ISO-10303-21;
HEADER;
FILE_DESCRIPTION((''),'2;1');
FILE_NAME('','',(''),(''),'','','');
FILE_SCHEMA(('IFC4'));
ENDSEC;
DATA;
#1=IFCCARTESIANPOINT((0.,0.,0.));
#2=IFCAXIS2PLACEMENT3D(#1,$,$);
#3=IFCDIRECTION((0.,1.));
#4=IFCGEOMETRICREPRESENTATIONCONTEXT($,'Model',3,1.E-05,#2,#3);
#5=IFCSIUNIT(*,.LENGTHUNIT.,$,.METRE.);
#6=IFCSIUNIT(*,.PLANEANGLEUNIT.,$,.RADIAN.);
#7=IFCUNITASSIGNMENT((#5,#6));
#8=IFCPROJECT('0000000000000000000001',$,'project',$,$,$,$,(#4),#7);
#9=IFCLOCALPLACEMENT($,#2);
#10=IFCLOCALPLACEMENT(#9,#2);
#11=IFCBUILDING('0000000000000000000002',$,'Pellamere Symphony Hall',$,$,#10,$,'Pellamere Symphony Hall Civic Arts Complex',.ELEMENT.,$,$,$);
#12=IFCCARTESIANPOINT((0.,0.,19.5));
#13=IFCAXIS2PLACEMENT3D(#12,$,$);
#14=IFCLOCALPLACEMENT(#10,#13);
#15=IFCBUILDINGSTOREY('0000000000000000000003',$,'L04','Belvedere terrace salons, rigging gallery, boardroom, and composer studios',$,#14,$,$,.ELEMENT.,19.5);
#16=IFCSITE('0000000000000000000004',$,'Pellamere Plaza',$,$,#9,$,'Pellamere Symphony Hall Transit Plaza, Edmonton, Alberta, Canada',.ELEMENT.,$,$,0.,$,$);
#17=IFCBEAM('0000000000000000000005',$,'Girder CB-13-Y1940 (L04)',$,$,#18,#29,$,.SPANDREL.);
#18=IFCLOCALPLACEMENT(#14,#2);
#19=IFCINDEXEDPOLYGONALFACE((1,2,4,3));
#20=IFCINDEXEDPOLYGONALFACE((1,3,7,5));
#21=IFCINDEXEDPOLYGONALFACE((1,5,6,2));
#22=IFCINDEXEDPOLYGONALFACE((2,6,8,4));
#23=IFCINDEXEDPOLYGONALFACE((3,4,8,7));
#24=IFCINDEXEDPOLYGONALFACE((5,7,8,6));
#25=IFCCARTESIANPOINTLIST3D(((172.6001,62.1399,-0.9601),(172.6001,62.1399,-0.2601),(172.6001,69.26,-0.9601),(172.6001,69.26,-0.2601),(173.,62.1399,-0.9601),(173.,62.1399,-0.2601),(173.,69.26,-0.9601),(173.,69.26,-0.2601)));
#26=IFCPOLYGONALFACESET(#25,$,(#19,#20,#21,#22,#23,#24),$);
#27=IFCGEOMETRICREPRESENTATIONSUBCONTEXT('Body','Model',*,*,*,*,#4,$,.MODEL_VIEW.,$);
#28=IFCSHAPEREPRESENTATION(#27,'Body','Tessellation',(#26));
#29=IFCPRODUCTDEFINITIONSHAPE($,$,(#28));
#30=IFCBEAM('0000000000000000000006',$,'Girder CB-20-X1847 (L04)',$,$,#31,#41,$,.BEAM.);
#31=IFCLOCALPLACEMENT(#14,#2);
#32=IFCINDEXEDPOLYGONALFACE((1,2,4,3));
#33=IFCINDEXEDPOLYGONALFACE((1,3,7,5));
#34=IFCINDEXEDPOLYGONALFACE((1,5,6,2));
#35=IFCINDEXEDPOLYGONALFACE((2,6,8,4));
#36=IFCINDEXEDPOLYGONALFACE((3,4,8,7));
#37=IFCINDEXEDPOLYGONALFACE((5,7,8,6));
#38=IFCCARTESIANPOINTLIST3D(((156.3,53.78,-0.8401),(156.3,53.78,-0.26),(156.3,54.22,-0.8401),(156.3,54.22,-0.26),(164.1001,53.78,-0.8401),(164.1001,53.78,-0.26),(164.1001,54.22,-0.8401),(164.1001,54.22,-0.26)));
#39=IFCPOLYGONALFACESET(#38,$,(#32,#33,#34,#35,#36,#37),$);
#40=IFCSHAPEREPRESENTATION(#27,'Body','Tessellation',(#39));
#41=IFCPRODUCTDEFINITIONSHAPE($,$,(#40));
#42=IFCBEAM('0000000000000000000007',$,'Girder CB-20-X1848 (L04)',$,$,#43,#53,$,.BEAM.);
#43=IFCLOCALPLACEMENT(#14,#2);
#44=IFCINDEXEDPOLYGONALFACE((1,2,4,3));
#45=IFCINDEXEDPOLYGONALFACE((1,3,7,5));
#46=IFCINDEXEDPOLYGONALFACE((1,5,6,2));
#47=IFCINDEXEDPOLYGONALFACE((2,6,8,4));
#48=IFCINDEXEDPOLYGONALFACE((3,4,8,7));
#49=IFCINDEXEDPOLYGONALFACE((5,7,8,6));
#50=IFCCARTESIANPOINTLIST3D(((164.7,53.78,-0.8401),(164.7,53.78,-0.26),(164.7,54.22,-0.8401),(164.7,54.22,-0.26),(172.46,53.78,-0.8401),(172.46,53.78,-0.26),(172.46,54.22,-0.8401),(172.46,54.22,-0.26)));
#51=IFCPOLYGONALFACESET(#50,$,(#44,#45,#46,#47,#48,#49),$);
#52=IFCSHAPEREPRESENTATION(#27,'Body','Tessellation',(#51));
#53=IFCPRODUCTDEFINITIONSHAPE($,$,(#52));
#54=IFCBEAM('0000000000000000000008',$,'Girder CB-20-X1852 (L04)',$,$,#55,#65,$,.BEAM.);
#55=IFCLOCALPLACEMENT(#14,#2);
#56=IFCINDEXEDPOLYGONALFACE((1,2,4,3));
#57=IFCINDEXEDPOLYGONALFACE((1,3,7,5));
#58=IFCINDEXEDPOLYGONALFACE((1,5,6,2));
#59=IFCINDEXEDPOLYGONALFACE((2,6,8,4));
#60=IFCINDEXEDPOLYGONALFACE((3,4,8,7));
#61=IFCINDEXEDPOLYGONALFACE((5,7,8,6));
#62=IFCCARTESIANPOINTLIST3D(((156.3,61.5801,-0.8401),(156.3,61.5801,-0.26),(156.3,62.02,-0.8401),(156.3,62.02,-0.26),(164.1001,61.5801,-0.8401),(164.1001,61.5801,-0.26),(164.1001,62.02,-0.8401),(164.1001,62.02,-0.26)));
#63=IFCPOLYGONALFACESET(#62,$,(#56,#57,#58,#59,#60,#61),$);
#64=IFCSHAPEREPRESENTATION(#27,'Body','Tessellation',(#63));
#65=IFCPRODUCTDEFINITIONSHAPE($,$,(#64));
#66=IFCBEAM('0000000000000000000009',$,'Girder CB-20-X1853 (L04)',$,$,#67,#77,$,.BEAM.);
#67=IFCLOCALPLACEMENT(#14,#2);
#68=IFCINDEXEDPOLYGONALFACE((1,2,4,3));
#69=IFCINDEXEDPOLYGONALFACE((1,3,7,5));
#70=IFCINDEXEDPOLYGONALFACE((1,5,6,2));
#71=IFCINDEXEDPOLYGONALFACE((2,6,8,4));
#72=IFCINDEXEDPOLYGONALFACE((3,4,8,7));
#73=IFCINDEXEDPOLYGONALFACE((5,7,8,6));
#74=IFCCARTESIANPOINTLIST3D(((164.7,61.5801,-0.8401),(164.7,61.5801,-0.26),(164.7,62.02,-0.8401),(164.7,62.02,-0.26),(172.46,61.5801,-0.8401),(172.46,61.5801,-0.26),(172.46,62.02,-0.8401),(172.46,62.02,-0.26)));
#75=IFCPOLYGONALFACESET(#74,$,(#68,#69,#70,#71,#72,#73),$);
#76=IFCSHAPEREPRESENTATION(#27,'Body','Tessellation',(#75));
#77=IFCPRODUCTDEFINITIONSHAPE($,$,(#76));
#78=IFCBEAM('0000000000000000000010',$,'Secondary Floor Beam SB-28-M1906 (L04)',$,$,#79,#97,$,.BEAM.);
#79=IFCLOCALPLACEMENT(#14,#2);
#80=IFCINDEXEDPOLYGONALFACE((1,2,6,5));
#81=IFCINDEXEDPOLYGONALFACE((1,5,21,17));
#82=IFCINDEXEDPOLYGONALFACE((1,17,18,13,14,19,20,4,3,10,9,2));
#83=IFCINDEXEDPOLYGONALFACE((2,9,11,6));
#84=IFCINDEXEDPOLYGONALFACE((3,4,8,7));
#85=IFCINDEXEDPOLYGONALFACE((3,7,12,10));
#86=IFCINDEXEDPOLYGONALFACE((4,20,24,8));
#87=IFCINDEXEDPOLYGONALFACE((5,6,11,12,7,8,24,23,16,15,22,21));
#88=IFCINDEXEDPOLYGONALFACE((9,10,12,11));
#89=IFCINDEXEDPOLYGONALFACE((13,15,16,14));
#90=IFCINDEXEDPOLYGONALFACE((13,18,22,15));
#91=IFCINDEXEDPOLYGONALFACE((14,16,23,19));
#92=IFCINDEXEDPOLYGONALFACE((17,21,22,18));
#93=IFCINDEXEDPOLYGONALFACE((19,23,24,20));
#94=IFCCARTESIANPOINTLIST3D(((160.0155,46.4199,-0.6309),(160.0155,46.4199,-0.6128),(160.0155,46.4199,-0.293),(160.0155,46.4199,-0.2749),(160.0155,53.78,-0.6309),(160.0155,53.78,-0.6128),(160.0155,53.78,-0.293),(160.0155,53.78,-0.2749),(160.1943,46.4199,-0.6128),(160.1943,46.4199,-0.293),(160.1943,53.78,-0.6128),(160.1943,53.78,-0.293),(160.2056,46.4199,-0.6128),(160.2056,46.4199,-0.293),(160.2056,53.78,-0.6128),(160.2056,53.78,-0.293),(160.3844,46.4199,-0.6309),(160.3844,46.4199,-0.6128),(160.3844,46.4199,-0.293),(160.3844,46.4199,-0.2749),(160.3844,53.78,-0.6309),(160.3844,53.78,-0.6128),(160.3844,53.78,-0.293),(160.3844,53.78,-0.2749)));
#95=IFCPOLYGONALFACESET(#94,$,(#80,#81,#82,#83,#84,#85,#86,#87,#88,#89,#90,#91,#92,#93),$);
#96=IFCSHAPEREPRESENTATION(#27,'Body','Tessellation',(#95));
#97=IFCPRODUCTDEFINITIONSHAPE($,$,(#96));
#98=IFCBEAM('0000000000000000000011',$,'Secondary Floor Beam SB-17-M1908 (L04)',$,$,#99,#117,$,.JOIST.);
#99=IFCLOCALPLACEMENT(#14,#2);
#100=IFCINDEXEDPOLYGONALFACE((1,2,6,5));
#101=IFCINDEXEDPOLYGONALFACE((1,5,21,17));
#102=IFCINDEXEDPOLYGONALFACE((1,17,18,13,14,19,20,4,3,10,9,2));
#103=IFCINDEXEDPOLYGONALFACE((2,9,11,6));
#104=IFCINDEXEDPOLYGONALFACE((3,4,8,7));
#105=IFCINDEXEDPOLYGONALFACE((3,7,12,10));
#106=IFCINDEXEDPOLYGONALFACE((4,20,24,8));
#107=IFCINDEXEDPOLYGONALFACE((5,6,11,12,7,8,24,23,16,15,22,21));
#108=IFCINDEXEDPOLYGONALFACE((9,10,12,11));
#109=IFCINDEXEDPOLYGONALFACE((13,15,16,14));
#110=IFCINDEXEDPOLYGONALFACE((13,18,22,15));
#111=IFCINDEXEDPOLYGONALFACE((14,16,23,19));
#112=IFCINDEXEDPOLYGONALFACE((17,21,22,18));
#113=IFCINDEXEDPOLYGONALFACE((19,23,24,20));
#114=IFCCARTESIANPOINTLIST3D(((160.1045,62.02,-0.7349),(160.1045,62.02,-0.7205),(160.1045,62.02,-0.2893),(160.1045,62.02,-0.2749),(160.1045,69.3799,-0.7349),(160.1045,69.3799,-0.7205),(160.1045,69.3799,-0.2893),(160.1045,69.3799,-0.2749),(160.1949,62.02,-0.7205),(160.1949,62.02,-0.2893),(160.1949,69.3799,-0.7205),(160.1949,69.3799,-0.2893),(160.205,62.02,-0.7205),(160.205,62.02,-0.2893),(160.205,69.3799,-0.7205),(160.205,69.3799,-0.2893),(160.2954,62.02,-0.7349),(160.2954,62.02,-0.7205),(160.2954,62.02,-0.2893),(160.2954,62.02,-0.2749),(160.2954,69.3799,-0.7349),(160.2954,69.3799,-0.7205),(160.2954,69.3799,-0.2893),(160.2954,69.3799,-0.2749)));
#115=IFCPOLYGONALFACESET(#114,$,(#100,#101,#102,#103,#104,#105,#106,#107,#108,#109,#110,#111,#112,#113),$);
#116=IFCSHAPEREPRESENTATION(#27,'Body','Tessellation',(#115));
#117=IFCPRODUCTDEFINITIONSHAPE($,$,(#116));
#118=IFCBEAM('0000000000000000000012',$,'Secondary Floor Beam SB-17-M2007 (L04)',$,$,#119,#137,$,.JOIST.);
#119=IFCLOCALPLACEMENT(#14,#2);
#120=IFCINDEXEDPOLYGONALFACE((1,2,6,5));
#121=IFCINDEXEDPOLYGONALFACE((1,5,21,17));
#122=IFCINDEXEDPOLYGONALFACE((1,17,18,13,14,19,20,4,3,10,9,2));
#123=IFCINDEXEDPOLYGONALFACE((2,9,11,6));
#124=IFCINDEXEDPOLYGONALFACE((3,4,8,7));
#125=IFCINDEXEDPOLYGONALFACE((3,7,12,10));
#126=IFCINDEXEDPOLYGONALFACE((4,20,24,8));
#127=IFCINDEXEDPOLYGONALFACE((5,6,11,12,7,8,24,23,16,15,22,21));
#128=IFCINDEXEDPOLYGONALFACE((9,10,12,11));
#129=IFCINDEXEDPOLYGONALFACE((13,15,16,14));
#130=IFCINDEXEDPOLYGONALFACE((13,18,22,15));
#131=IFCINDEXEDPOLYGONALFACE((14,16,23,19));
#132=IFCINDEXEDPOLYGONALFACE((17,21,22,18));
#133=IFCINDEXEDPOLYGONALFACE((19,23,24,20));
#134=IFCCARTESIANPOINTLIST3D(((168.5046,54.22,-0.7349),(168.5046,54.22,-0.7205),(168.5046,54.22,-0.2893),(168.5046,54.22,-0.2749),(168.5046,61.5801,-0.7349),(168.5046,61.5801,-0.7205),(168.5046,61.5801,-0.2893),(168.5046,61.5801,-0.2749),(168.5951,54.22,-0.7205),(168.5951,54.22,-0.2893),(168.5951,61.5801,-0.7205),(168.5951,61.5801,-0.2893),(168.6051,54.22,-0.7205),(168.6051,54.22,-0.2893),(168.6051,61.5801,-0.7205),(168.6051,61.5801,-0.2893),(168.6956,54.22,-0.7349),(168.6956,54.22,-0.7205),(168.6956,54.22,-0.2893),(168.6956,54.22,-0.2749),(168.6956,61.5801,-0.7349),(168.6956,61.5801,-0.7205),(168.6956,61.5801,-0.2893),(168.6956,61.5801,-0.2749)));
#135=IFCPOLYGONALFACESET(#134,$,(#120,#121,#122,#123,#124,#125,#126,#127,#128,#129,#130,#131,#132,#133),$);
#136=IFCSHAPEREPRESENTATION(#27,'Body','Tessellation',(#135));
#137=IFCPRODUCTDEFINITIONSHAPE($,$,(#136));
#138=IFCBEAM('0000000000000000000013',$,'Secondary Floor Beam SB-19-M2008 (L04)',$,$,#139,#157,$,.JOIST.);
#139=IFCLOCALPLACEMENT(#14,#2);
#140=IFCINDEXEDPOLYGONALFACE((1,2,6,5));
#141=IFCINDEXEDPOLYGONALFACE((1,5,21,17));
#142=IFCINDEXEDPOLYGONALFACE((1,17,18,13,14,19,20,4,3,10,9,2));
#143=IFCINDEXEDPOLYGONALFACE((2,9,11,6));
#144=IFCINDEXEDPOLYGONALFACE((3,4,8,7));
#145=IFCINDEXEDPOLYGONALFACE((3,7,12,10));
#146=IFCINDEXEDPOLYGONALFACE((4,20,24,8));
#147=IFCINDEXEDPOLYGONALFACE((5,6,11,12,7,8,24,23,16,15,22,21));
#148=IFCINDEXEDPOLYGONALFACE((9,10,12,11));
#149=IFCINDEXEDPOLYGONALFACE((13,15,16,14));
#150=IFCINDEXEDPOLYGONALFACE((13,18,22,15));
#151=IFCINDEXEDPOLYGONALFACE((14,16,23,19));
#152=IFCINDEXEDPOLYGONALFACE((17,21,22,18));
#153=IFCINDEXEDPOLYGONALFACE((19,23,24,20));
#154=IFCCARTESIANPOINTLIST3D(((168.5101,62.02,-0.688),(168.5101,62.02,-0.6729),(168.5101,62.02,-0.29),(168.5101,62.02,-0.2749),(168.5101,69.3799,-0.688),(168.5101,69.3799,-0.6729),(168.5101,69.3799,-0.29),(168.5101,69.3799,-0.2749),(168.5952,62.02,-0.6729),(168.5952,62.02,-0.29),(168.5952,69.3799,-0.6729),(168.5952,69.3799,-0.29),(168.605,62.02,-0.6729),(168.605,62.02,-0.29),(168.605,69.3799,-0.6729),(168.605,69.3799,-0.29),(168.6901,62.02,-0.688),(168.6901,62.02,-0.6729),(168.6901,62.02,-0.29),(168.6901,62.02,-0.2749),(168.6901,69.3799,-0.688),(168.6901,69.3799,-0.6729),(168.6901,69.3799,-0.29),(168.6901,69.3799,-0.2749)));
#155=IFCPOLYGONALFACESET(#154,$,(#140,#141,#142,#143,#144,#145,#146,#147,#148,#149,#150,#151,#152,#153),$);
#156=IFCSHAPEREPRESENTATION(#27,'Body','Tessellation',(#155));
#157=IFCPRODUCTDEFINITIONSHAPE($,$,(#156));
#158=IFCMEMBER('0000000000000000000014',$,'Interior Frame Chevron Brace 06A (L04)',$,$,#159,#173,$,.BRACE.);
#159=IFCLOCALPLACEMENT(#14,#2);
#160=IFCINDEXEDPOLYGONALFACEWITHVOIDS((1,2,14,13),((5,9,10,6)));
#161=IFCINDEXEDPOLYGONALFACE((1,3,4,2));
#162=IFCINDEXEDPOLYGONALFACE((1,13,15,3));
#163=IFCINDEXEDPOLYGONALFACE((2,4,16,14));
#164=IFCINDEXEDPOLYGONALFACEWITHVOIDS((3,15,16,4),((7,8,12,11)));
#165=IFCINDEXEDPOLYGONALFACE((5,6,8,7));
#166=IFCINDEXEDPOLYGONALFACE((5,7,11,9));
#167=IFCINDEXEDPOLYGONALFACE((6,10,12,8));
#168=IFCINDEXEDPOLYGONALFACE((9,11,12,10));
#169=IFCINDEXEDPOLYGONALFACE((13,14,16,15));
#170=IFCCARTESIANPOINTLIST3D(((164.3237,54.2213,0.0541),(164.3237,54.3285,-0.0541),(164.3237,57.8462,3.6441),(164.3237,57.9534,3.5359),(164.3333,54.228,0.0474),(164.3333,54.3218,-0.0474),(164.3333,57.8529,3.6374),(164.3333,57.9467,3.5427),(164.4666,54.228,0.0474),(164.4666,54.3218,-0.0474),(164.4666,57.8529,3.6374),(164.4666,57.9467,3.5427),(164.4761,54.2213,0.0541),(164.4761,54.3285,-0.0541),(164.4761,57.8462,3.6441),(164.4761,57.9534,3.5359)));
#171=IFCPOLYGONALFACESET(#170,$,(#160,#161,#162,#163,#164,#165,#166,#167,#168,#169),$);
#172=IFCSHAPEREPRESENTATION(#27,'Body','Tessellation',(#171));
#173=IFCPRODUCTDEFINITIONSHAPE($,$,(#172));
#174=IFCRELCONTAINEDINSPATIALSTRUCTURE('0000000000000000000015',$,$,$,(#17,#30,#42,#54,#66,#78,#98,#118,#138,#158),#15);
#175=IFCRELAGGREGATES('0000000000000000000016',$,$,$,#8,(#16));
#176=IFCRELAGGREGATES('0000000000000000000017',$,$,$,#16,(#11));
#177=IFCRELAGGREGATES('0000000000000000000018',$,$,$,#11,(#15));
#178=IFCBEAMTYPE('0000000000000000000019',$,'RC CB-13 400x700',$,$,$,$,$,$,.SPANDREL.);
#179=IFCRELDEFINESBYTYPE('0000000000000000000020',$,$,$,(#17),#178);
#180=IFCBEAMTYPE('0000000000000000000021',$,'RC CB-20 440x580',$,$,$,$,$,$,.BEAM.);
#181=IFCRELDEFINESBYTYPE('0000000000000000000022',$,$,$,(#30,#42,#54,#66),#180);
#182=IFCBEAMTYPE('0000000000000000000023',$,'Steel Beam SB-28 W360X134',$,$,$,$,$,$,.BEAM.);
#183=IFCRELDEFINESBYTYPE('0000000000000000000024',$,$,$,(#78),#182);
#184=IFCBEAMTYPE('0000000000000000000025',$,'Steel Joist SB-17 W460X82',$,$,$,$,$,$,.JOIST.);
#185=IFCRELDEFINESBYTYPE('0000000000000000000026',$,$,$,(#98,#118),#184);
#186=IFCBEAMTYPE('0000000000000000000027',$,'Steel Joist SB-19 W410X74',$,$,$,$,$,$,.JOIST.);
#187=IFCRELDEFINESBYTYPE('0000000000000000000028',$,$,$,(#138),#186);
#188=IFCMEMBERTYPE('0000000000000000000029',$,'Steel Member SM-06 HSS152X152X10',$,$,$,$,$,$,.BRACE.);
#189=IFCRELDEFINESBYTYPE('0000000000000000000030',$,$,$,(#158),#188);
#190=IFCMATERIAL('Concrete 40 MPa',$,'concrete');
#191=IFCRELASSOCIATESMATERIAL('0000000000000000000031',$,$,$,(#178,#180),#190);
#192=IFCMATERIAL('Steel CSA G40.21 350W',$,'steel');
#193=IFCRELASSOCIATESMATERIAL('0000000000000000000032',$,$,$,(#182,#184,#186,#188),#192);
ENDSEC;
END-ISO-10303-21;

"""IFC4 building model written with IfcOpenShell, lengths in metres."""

from ifc_helpers import new_model, si_unit, direction, frame, origin, origin_2d, place, context, subcontext, project, spatial, rectangle, hollow_rectangle, i_section, extrude, material, material_profile, profile_set, type_object, element, save


model = new_model("IFC4")

# Units and contexts
model_context = context("Model", 3, precision=1e-05, world=origin(), true_north=direction((0.0, 1.0)))
body_context = subcontext(model_context, "Body", "Model", "MODEL_VIEW")
ifc_project = project(units=[si_unit("LENGTHUNIT", "METRE"), si_unit("PLANEANGLEUNIT", "RADIAN")], contexts=[model_context])

# Site, building, storey
site_placement = place(None, origin())
site = spatial("IfcSite", under=ifc_project, at=site_placement, Name="Pellamere Plaza", LongName="Pellamere Symphony Hall Transit Plaza, Edmonton, Alberta, Canada", CompositionType="ELEMENT", RefElevation=0.0)
building_placement = place(site_placement, origin())
building = spatial("IfcBuilding", under=site, at=building_placement, Name="Pellamere Symphony Hall", LongName="Pellamere Symphony Hall Civic Arts Complex", CompositionType="ELEMENT")
storey_placement = place(building_placement, frame((0.0, 0.0, 19.5)))
storey = spatial("IfcBuildingStorey", under=building, at=storey_placement, Name="L04", Description="Belvedere terrace salons, rigging gallery, boardroom, and composer studios", CompositionType="ELEMENT", Elevation=19.5)

# Beams
ifc_material_1 = material(Name="Concrete 40 MPa", Category="concrete")
ifc_material_profile_1 = material_profile(ifc_material_1, rectangle(XDim=0.3999, YDim=0.7, at=origin_2d()), Name="RC 400x700")
ifc_profile_set_1 = profile_set([ifc_material_profile_1], Name="Concrete 40 MPa")
beam_type_1 = type_object("IfcBeamType", Name="RC CB-13 400x700", PredefinedType="SPANDREL", material=ifc_profile_set_1)
beam_1_placement = place(storey_placement, frame((172.8, 62.1399, -0.6101), z_axis=(0.0, 1.0, 0.0), x_axis=(-1.0, 0.0, 0.0)))
element("IfcBeam", 1, at=beam_1_placement, inside=storey, type_object=beam_type_1, Name="Girder CB-13-Y1940 (L04)", PredefinedType="SPANDREL", context=body_context, shape_type="SweptSolid", body=[
    extrude(rectangle(XDim=0.3999, YDim=0.7, at=origin_2d()), origin(), (0.0, 0.0, 1.0), 7.1201),
])
ifc_material_profile_2 = material_profile(ifc_material_1, rectangle(XDim=0.4399, YDim=0.5801, at=origin_2d()), Name="RC 440x580")
ifc_profile_set_2 = profile_set([ifc_material_profile_2], Name="Concrete 40 MPa")
beam_type_2 = type_object("IfcBeamType", Name="RC CB-20 440x580", PredefinedType="BEAM", material=ifc_profile_set_2)
beam_2_placement = place(storey_placement, frame((156.3, 54.0, -0.55), z_axis=(1.0, 0.0, 0.0), x_axis=(0.0, 1.0, 0.0)))
element("IfcBeam", 2, at=beam_2_placement, inside=storey, type_object=beam_type_2, Name="Girder CB-20-X1847 (L04)", PredefinedType="BEAM", context=body_context, shape_type="SweptSolid", body=[
    extrude(rectangle(XDim=0.4399, YDim=0.5801, at=origin_2d()), origin(), (0.0, 0.0, 1.0), 7.8),
])
beam_3_placement = place(storey_placement, frame((164.7, 54.0, -0.55), z_axis=(1.0, 0.0, 0.0), x_axis=(0.0, 1.0, 0.0)))
element("IfcBeam", 3, at=beam_3_placement, inside=storey, type_object=beam_type_2, Name="Girder CB-20-X1848 (L04)", PredefinedType="BEAM", context=body_context, shape_type="SweptSolid", body=[
    extrude(rectangle(XDim=0.4399, YDim=0.5801, at=origin_2d()), origin(), (0.0, 0.0, 1.0), 7.76),
])
beam_4_placement = place(storey_placement, frame((156.3, 61.8, -0.55), z_axis=(1.0, 0.0, 0.0), x_axis=(0.0, 1.0, 0.0)))
element("IfcBeam", 4, at=beam_4_placement, inside=storey, type_object=beam_type_2, Name="Girder CB-20-X1852 (L04)", PredefinedType="BEAM", context=body_context, shape_type="SweptSolid", body=[
    extrude(rectangle(XDim=0.4399, YDim=0.5801, at=origin_2d()), origin(), (0.0, 0.0, 1.0), 7.8),
])
beam_5_placement = place(storey_placement, frame((164.7, 61.8, -0.55), z_axis=(1.0, 0.0, 0.0), x_axis=(0.0, 1.0, 0.0)))
element("IfcBeam", 5, at=beam_5_placement, inside=storey, type_object=beam_type_2, Name="Girder CB-20-X1853 (L04)", PredefinedType="BEAM", context=body_context, shape_type="SweptSolid", body=[
    extrude(rectangle(XDim=0.4399, YDim=0.5801, at=origin_2d()), origin(), (0.0, 0.0, 1.0), 7.76),
])
ifc_material_2 = material(Name="Steel CSA G40.21 350W", Category="steel")
ifc_material_profile_3 = material_profile(ifc_material_2, i_section(OverallWidth=0.3689, OverallDepth=0.356, WebThickness=0.0112, FlangeThickness=0.0181, at=origin_2d()), Name="W360X134")
ifc_profile_set_3 = profile_set([ifc_material_profile_3], Name="Steel CSA G40.21 350W")
beam_type_3 = type_object("IfcBeamType", Name="Steel Beam SB-28 W360X134", PredefinedType="BEAM", material=ifc_profile_set_3)
beam_6_placement = place(storey_placement, frame((160.2, 46.4199, -0.4529), z_axis=(0.0, 1.0, 0.0), x_axis=(-1.0, 0.0, 0.0)))
element("IfcBeam", 6, at=beam_6_placement, inside=storey, type_object=beam_type_3, Name="Secondary Floor Beam SB-28-M1906 (L04)", PredefinedType="BEAM", context=body_context, shape_type="SweptSolid", body=[
    extrude(i_section(OverallWidth=0.3689, OverallDepth=0.356, WebThickness=0.0112, FlangeThickness=0.0181, at=origin_2d()), origin(), (0.0, 0.0, 1.0), 7.3601),
])
ifc_material_profile_4 = material_profile(ifc_material_2, i_section(OverallWidth=0.1909, OverallDepth=0.46, WebThickness=0.01, FlangeThickness=0.0144, at=origin_2d()), Name="W460X82")
ifc_profile_set_4 = profile_set([ifc_material_profile_4], Name="Steel CSA G40.21 350W")
beam_type_4 = type_object("IfcBeamType", Name="Steel Joist SB-17 W460X82", PredefinedType="JOIST", material=ifc_profile_set_4)
beam_7_placement = place(storey_placement, frame((160.2, 62.02, -0.5049), z_axis=(0.0, 1.0, 0.0), x_axis=(-1.0, 0.0, 0.0)))
element("IfcBeam", 7, at=beam_7_placement, inside=storey, type_object=beam_type_4, Name="Secondary Floor Beam SB-17-M1908 (L04)", PredefinedType="JOIST", context=body_context, shape_type="SweptSolid", body=[
    extrude(i_section(OverallWidth=0.1909, OverallDepth=0.46, WebThickness=0.01, FlangeThickness=0.0144, at=origin_2d()), origin(), (0.0, 0.0, 1.0), 7.3599),
])
beam_8_placement = place(storey_placement, frame((168.6001, 54.22, -0.5049), z_axis=(0.0, 1.0, 0.0), x_axis=(-1.0, 0.0, 0.0)))
element("IfcBeam", 8, at=beam_8_placement, inside=storey, type_object=beam_type_4, Name="Secondary Floor Beam SB-17-M2007 (L04)", PredefinedType="JOIST", context=body_context, shape_type="SweptSolid", body=[
    extrude(i_section(OverallWidth=0.1909, OverallDepth=0.46, WebThickness=0.01, FlangeThickness=0.0144, at=origin_2d()), origin(), (0.0, 0.0, 1.0), 7.3601),
])
ifc_material_profile_5 = material_profile(ifc_material_2, i_section(OverallWidth=0.1799, OverallDepth=0.4131, WebThickness=0.0098, FlangeThickness=0.0151, at=origin_2d()), Name="W410X74")
ifc_profile_set_5 = profile_set([ifc_material_profile_5], Name="Steel CSA G40.21 350W")
beam_type_5 = type_object("IfcBeamType", Name="Steel Joist SB-19 W410X74", PredefinedType="JOIST", material=ifc_profile_set_5)
beam_9_placement = place(storey_placement, frame((168.6001, 62.02, -0.4814), z_axis=(0.0, 1.0, 0.0), x_axis=(-1.0, 0.0, 0.0)))
element("IfcBeam", 9, at=beam_9_placement, inside=storey, type_object=beam_type_5, Name="Secondary Floor Beam SB-19-M2008 (L04)", PredefinedType="JOIST", context=body_context, shape_type="SweptSolid", body=[
    extrude(i_section(OverallWidth=0.1799, OverallDepth=0.4131, WebThickness=0.0098, FlangeThickness=0.0151, at=origin_2d()), origin(), (0.0, 0.0, 1.0), 7.3599),
])

# Member
ifc_material_profile_6 = material_profile(ifc_material_2, hollow_rectangle(XDim=0.1523, YDim=0.1523, WallThickness=0.0095, at=origin_2d()), Name="HSS152X152X10")
ifc_profile_set_6 = profile_set([ifc_material_profile_6], Name="Steel CSA G40.21 350W")
member_type = type_object("IfcMemberType", Name="Steel Member SM-06 HSS152X152X10", PredefinedType="BRACE", material=ifc_profile_set_6)
for number, where, z_axis, x_axis, name in (
    (10, (164.3999, 54.2749, 0.0), (0.0, 0.71052, 0.703677), (-1.0, 0.0, 0.0), "Interior Frame Chevron Brace 06A (L04)"),
):
    element("IfcMember", number, at=place(storey_placement, frame(where, z_axis=z_axis, x_axis=x_axis)), inside=storey, type_object=member_type, Name=name, PredefinedType="BRACE", context=body_context, shape_type="SweptSolid", body=[
        extrude(hollow_rectangle(XDim=0.1523, YDim=0.1523, WallThickness=0.0095, at=origin_2d()), origin(), (0.0, 0.0, 1.0), 5.1018),
    ])

save(model, "model.ifc")
